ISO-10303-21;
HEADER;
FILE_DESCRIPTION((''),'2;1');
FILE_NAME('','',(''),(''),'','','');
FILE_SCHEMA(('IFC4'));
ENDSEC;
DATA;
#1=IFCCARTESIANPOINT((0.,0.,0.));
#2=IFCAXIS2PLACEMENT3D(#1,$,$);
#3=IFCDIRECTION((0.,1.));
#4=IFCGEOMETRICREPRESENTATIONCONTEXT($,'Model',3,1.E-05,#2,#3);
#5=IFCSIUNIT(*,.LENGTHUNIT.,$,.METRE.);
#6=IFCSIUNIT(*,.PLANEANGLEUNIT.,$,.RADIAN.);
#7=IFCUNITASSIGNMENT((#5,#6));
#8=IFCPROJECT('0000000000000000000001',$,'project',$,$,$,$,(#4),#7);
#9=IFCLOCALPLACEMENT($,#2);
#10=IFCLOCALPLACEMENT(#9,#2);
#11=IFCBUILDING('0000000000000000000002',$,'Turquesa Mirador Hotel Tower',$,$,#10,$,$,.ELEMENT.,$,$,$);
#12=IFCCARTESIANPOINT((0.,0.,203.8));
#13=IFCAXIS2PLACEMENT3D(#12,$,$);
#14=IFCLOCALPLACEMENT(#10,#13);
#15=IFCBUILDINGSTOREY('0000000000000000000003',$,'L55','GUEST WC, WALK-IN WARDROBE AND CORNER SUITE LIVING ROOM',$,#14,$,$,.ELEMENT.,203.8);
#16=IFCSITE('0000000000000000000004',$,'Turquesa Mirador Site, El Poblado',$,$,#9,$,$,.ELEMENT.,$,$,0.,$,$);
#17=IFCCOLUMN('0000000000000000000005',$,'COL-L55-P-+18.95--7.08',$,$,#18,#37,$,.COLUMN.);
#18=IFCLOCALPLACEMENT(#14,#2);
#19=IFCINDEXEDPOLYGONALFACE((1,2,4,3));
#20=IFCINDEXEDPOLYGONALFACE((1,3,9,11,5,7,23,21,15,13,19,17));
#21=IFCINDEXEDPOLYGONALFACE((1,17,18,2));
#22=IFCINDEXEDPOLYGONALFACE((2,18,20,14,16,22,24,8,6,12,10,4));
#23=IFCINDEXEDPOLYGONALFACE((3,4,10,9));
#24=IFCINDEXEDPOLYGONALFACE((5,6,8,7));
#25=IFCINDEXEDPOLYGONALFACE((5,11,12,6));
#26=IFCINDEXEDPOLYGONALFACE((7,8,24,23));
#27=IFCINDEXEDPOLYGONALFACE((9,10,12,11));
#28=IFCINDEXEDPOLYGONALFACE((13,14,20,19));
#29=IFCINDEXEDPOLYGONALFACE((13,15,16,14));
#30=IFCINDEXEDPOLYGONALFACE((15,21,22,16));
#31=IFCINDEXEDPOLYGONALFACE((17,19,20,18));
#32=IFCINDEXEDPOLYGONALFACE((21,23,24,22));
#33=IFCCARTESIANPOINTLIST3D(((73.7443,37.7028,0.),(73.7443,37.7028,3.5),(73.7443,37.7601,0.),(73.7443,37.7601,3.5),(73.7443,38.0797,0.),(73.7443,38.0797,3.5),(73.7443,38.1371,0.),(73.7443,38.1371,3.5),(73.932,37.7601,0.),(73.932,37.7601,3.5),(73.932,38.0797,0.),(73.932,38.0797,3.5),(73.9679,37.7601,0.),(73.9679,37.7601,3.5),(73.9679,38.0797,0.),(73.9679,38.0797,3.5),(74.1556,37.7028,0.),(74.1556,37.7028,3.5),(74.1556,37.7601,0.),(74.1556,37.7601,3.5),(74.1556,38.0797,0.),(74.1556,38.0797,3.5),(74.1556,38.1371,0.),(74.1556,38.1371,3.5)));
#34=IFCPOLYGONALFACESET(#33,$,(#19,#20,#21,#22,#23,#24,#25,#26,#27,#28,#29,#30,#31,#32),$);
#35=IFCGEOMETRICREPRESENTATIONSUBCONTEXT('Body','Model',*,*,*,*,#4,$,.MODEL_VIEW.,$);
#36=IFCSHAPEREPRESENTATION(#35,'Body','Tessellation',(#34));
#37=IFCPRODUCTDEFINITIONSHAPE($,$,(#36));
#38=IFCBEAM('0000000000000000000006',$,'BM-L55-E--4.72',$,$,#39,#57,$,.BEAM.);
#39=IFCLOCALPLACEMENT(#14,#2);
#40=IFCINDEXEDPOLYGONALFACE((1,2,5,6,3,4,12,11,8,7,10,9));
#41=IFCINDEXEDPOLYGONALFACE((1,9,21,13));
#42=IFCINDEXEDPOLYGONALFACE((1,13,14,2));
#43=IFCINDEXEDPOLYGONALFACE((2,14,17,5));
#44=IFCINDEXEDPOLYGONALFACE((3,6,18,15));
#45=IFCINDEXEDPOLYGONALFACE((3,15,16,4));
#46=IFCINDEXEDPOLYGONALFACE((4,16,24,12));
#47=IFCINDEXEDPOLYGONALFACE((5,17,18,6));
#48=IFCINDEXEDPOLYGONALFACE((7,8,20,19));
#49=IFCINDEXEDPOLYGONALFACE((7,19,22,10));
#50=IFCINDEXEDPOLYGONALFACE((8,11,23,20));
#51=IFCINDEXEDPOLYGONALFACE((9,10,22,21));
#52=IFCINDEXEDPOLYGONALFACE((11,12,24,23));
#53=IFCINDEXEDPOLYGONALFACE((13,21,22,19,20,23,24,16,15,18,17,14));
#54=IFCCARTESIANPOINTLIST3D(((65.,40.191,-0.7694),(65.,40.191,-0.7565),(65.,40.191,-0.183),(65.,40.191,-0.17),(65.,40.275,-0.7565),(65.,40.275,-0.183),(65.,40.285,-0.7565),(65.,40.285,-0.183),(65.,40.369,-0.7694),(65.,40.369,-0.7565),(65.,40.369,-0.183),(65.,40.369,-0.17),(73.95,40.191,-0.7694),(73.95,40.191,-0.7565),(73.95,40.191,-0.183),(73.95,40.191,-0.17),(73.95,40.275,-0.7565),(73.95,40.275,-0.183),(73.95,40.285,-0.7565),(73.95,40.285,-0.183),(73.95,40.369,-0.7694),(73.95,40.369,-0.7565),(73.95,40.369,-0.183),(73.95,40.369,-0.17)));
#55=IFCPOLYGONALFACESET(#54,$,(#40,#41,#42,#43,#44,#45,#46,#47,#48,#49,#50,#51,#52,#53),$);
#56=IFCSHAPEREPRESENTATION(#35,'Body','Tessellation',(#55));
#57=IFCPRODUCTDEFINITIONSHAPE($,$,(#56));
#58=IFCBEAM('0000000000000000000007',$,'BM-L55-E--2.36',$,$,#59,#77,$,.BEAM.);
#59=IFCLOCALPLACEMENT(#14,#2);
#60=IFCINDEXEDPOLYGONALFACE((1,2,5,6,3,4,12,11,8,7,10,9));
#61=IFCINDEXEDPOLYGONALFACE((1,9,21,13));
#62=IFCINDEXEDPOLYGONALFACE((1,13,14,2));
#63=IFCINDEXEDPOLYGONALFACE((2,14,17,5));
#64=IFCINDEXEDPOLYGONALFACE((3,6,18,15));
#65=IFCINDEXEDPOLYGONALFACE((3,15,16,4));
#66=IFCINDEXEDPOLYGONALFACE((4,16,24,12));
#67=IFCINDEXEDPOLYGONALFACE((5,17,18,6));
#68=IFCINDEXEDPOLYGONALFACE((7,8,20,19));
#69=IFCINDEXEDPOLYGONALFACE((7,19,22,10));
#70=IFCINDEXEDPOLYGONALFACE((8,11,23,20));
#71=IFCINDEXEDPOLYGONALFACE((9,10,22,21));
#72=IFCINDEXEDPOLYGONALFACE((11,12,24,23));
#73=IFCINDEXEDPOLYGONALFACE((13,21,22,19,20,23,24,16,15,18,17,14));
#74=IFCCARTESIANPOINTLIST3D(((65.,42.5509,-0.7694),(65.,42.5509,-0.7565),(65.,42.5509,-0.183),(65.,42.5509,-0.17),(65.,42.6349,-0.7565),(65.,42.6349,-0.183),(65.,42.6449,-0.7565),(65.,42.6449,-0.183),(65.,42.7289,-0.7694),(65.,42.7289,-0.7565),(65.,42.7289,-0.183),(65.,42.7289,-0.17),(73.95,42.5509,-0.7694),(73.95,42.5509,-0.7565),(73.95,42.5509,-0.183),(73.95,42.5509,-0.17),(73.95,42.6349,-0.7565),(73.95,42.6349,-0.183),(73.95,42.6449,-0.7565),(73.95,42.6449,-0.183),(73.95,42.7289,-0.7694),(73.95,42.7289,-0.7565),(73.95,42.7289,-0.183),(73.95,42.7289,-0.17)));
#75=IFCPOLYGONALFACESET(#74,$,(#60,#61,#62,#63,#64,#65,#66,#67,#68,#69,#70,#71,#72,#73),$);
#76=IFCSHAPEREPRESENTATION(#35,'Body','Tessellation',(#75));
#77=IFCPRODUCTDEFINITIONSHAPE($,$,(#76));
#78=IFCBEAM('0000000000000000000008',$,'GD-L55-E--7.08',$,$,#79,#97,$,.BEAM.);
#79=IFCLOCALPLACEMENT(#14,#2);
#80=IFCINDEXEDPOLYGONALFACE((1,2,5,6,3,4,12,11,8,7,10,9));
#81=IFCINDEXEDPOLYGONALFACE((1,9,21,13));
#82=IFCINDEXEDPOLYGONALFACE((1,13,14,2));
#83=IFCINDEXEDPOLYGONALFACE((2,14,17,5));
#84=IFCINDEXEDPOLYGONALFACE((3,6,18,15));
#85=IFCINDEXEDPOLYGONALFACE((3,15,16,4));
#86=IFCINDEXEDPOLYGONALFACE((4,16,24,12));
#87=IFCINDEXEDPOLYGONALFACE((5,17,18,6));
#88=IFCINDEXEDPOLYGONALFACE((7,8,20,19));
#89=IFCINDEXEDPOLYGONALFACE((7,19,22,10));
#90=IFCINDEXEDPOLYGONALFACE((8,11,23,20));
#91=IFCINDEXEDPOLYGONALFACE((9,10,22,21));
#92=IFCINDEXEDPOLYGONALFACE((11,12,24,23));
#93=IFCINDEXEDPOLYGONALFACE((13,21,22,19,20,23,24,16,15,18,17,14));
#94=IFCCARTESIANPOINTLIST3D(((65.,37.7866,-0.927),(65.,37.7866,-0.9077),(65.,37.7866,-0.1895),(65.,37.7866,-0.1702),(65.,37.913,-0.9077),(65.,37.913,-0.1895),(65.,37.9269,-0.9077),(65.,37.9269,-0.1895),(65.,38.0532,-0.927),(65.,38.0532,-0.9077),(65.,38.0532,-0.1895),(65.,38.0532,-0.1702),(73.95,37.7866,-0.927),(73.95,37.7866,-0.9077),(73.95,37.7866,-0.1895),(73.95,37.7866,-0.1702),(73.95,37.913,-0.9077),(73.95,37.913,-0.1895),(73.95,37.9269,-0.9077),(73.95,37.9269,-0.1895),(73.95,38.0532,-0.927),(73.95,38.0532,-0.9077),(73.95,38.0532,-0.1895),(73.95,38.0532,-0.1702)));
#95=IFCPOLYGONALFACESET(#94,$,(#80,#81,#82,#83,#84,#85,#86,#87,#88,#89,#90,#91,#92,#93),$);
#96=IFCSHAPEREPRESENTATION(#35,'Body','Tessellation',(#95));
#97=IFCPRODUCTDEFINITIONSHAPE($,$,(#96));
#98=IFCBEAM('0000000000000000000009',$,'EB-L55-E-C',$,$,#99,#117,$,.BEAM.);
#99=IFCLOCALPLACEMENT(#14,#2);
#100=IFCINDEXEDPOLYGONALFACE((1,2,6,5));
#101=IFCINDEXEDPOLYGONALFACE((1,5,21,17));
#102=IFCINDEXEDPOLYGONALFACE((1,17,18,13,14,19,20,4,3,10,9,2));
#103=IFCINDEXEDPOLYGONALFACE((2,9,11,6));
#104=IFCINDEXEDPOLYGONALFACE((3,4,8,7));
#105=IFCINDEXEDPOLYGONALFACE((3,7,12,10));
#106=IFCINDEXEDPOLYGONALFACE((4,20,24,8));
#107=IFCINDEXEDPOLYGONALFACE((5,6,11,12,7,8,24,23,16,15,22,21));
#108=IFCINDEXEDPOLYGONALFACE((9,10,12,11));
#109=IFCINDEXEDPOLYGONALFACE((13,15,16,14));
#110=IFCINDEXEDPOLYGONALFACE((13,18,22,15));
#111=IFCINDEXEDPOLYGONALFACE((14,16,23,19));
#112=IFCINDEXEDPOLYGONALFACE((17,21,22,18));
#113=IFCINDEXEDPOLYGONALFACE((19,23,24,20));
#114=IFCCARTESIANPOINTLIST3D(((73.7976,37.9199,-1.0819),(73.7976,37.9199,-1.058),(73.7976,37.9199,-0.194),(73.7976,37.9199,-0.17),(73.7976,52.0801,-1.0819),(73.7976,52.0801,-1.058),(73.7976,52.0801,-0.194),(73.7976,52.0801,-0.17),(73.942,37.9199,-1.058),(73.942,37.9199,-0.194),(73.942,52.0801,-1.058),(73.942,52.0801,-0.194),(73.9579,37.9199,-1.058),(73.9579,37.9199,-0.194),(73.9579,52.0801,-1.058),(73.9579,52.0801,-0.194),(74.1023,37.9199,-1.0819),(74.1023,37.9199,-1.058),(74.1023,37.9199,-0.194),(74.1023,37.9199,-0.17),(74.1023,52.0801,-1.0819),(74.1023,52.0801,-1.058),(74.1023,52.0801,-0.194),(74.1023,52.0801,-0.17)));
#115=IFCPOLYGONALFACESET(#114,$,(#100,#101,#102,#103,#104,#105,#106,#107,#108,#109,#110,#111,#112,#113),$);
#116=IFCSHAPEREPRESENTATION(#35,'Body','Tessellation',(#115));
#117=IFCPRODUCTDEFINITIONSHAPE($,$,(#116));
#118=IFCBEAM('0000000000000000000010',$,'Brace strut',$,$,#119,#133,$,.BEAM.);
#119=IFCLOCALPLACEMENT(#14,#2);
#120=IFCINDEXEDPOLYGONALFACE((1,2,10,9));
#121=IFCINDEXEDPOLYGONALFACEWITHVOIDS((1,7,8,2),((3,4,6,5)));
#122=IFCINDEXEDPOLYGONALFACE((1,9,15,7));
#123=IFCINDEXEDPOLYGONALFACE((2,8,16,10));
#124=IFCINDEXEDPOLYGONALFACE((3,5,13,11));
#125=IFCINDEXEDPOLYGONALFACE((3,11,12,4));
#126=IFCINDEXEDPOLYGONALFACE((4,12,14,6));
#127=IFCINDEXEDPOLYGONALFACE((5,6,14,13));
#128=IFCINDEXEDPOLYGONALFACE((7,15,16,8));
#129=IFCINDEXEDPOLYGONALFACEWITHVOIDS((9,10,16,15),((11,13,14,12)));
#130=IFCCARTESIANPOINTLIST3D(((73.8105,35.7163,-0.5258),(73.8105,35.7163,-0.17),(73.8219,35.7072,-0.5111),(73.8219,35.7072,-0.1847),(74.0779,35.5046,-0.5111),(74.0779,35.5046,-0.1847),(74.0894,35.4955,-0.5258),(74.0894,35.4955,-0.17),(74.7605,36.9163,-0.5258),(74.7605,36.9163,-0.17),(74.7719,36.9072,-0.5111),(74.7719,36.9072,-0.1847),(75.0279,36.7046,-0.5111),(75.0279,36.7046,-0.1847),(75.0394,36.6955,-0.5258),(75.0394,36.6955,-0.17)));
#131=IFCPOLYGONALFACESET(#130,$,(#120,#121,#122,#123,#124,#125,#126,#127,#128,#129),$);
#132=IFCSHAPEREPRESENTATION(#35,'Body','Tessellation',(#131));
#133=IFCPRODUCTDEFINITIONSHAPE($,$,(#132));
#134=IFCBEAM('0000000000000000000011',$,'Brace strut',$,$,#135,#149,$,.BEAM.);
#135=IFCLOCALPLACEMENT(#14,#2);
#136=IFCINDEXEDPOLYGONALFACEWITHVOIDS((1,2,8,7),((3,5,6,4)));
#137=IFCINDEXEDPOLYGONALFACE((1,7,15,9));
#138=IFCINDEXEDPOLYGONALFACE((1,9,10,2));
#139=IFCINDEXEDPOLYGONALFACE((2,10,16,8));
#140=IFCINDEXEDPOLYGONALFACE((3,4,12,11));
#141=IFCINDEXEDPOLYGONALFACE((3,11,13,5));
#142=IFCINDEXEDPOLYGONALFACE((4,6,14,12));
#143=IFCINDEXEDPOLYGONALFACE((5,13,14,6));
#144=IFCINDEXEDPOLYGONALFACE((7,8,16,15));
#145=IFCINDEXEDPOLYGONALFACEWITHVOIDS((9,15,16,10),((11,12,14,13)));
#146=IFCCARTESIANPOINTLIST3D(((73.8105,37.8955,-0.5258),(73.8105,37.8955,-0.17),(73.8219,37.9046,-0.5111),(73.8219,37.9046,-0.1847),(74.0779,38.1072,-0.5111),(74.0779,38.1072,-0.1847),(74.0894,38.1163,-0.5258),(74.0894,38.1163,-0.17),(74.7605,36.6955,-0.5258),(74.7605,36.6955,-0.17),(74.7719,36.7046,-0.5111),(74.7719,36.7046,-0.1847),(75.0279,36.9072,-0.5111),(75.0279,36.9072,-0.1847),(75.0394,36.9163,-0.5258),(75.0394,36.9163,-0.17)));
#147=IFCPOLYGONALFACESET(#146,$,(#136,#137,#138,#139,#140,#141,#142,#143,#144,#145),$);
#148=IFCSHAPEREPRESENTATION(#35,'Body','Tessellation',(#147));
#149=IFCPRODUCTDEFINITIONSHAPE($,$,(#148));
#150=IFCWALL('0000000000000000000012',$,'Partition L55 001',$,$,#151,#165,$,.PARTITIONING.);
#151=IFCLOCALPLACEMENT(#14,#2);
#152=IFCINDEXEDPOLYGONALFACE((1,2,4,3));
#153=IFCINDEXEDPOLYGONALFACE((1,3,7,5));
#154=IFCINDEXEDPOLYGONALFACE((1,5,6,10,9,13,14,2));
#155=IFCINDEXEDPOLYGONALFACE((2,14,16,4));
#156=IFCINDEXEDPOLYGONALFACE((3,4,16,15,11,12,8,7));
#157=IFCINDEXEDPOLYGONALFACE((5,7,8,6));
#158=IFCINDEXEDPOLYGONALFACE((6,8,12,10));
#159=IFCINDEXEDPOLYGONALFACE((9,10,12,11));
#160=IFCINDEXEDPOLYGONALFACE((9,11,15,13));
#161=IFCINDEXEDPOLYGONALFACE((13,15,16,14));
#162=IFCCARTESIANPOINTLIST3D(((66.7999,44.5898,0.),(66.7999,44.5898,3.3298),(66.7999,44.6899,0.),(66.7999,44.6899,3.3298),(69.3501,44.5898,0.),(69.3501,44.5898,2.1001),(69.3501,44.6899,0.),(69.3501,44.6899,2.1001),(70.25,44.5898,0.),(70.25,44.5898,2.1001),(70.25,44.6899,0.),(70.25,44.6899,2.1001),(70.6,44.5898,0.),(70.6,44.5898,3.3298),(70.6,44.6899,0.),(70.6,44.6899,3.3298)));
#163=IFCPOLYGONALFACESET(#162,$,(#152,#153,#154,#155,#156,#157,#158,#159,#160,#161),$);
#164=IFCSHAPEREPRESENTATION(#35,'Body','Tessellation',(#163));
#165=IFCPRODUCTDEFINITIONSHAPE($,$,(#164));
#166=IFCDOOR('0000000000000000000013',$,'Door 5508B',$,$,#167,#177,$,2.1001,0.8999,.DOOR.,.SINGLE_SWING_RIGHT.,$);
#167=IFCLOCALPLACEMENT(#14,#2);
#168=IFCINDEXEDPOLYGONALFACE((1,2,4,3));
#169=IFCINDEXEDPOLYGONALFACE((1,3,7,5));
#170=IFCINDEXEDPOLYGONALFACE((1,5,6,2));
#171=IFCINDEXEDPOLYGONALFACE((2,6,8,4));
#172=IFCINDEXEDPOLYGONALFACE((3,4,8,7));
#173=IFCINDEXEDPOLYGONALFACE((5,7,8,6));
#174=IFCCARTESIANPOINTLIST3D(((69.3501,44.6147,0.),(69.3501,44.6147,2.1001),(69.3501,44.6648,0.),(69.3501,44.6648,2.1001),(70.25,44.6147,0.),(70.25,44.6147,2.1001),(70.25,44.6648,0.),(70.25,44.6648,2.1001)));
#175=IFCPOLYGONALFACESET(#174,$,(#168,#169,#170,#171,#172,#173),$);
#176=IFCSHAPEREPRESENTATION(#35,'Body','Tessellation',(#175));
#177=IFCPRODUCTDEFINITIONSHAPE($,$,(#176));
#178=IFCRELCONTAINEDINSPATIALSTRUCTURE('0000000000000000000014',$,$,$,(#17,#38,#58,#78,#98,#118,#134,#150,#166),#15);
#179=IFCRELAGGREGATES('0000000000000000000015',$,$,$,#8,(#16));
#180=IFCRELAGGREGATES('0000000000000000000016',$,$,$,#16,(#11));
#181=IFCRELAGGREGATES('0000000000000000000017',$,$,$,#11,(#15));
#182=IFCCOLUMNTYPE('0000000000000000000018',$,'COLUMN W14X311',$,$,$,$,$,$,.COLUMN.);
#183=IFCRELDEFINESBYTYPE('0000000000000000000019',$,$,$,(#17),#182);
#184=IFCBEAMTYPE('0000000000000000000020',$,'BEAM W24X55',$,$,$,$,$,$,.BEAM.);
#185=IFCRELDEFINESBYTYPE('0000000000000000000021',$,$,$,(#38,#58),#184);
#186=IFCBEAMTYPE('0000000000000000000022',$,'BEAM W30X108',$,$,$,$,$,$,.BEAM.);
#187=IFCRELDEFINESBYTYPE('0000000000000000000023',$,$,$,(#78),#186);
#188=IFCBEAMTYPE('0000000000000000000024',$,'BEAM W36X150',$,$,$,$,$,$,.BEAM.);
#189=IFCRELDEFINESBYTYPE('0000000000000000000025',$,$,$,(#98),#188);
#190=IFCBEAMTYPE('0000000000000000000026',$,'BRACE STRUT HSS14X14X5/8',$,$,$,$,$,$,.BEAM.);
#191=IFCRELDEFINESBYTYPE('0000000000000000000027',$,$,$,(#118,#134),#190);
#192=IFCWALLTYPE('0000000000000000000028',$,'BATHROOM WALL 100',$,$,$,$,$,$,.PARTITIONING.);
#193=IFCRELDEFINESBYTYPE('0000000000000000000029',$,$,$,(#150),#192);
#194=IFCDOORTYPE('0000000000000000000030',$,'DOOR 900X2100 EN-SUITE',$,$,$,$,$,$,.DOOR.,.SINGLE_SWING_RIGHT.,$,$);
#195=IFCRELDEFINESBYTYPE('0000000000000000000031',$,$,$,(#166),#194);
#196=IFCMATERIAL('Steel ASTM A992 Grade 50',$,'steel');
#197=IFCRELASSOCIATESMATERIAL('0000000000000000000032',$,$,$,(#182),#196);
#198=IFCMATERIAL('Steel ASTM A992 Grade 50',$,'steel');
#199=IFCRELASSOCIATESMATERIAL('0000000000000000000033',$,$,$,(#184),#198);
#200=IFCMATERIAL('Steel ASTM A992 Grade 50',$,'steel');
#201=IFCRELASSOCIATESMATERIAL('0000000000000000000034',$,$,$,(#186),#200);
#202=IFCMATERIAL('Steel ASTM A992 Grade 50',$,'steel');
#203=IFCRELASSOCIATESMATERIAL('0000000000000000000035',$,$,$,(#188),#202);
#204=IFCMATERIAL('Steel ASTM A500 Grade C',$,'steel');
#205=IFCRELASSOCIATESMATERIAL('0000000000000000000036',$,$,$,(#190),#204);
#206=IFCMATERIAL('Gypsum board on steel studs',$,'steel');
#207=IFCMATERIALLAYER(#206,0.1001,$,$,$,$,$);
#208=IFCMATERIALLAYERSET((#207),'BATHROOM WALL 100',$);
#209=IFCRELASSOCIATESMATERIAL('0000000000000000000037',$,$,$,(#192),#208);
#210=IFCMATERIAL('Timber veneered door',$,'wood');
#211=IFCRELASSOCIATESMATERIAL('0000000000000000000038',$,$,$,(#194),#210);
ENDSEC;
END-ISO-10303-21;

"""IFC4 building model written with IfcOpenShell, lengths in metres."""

from ifc_helpers import new_model, si_unit, direction, frame, frame_2d, origin, origin_2d, place, context, subcontext, project, spatial, rectangle, hollow_rectangle, i_section, extrude, material, layer, layer_set, material_profile, profile_set, type_object, element, fill, save


model = new_model("IFC4")

# Units and contexts
model_context = context("Model", 3, precision=1e-05, world=origin(), true_north=direction((0.0, 1.0)))
body_context = subcontext(model_context, "Body", "Model", "MODEL_VIEW")
ifc_project = project(units=[si_unit("LENGTHUNIT", "METRE"), si_unit("PLANEANGLEUNIT", "RADIAN")], contexts=[model_context])

# Site, building, storey
site_placement = place(None, origin())
site = spatial("IfcSite", under=ifc_project, at=site_placement, Name="Turquesa Mirador Site, El Poblado", CompositionType="ELEMENT", RefElevation=0.0)
building_placement = place(site_placement, origin())
building = spatial("IfcBuilding", under=site, at=building_placement, Name="Turquesa Mirador Hotel Tower", CompositionType="ELEMENT")
storey_placement = place(building_placement, frame((0.0, 0.0, 203.8)))
storey = spatial("IfcBuildingStorey", under=building, at=storey_placement, Name="L55", Description="GUEST WC, WALK-IN WARDROBE AND CORNER SUITE LIVING ROOM", CompositionType="ELEMENT", Elevation=203.8)

# Column
ifc_material_1 = material(Name="Steel ASTM A992 Grade 50", Category="steel")
ifc_material_profile_1 = material_profile(ifc_material_1, i_section(OverallWidth=0.4114, OverallDepth=0.4343, WebThickness=0.0359, FlangeThickness=0.0574, at=origin_2d()), Name="W14X311")
ifc_profile_set_1 = profile_set([ifc_material_profile_1], Name="Steel ASTM A992 Grade 50")
column_type = type_object("IfcColumnType", Name="COLUMN W14X311", PredefinedType="COLUMN", material=ifc_profile_set_1)
column_placement = place(storey_placement, frame((73.95, 37.9199, 0.0), z_axis=(0.0, 0.0, 1.0), x_axis=(1.0, 0.0, 0.0)))
element("IfcColumn", 1, at=column_placement, inside=storey, type_object=column_type, Name="COL-L55-P-+18.95--7.08", PredefinedType="COLUMN", context=body_context, shape_type="SweptSolid", body=[
    extrude(i_section(OverallWidth=0.4114, OverallDepth=0.4343, WebThickness=0.0359, FlangeThickness=0.0574, at=origin_2d()), origin(), (0.0, 0.0, 1.0), 3.5),
])

# Beams
ifc_material_2 = material(Name="Steel ASTM A992 Grade 50", Category="steel")
ifc_material_profile_2 = material_profile(ifc_material_2, i_section(OverallWidth=0.178, OverallDepth=0.5994, WebThickness=0.01, FlangeThickness=0.0129, at=origin_2d()), Name="W24X55")
ifc_profile_set_2 = profile_set([ifc_material_profile_2], Name="Steel ASTM A992 Grade 50")
beam_type_1 = type_object("IfcBeamType", Name="BEAM W24X55", PredefinedType="BEAM", material=ifc_profile_set_2)
for number, where, z_axis, x_axis, name in (
    (2, (73.95, 40.28, -0.4697), (-1.0, 0.0, 0.0), (0.0, -1.0, 0.0), "BM-L55-E--4.72"),
    (3, (73.95, 42.6399, -0.4697), (-1.0, 0.0, 0.0), (0.0, -1.0, 0.0), "BM-L55-E--2.36"),
):
    element("IfcBeam", number, at=place(storey_placement, frame(where, z_axis=z_axis, x_axis=x_axis)), inside=storey, type_object=beam_type_1, Name=name, PredefinedType="BEAM", context=body_context, shape_type="SweptSolid", body=[
        extrude(i_section(OverallWidth=0.178, OverallDepth=0.5994, WebThickness=0.01, FlangeThickness=0.0129, at=origin_2d()), origin(), (0.0, 0.0, 1.0), 8.95),
    ])
ifc_material_3 = material(Name="Steel ASTM A992 Grade 50", Category="steel")
ifc_material_profile_3 = material_profile(ifc_material_3, i_section(OverallWidth=0.2666, OverallDepth=0.7568, WebThickness=0.0139, FlangeThickness=0.0193, at=origin_2d()), Name="W30X108")
ifc_profile_set_3 = profile_set([ifc_material_profile_3], Name="Steel ASTM A992 Grade 50")
beam_type_2 = type_object("IfcBeamType", Name="BEAM W30X108", PredefinedType="BEAM", material=ifc_profile_set_3)
beam_1_placement = place(storey_placement, frame((73.95, 37.9199, -0.5486), z_axis=(-1.0, 0.0, 0.0), x_axis=(0.0, -1.0, 0.0)))
element("IfcBeam", 4, at=beam_1_placement, inside=storey, type_object=beam_type_2, Name="GD-L55-E--7.08", PredefinedType="BEAM", context=body_context, shape_type="SweptSolid", body=[
    extrude(i_section(OverallWidth=0.2666, OverallDepth=0.7568, WebThickness=0.0139, FlangeThickness=0.0193, at=origin_2d()), origin(), (0.0, 0.0, 1.0), 8.95),
])
ifc_material_4 = material(Name="Steel ASTM A992 Grade 50", Category="steel")
ifc_material_profile_4 = material_profile(ifc_material_4, i_section(OverallWidth=0.3047, OverallDepth=0.9119, WebThickness=0.0159, FlangeThickness=0.0239, at=origin_2d()), Name="W36X150")
ifc_profile_set_4 = profile_set([ifc_material_profile_4], Name="Steel ASTM A992 Grade 50")
beam_type_3 = type_object("IfcBeamType", Name="BEAM W36X150", PredefinedType="BEAM", material=ifc_profile_set_4)
beam_2_placement = place(storey_placement, frame((73.95, 37.9199, -0.626), z_axis=(0.0, 1.0, 0.0), x_axis=(-1.0, 0.0, 0.0)))
element("IfcBeam", 5, at=beam_2_placement, inside=storey, type_object=beam_type_3, Name="EB-L55-E-C", PredefinedType="BEAM", context=body_context, shape_type="SweptSolid", body=[
    extrude(i_section(OverallWidth=0.3047, OverallDepth=0.9119, WebThickness=0.0159, FlangeThickness=0.0239, at=origin_2d()), origin(), (0.0, 0.0, 1.0), 14.1602),
])
ifc_material_5 = material(Name="Steel ASTM A500 Grade C", Category="steel")
ifc_material_profile_5 = material_profile(ifc_material_5, hollow_rectangle(XDim=0.3557, YDim=0.3557, WallThickness=0.0146, at=origin_2d()), Name="HSS14X14X5/8")
ifc_profile_set_5 = profile_set([ifc_material_profile_5], Name="Steel ASTM A500 Grade C")
beam_type_4 = type_object("IfcBeamType", Name="BRACE STRUT HSS14X14X5/8", PredefinedType="BEAM", material=ifc_profile_set_5)
for number, where, z_axis, x_axis, name in (
    (6, (74.8999, 36.8059, -0.3479), (-0.620699, -0.784049, 0.0), (0.784049, -0.620699, 0.0), "Brace strut"),
    (7, (74.8999, 36.8059, -0.3479), (-0.620699, 0.784049, 0.0), (-0.784049, -0.620699, 0.0), "Brace strut"),
):
    element("IfcBeam", number, at=place(storey_placement, frame(where, z_axis=z_axis, x_axis=x_axis)), inside=storey, type_object=beam_type_4, Name=name, PredefinedType="BEAM", context=body_context, shape_type="SweptSolid", body=[
        extrude(hollow_rectangle(XDim=0.3557, YDim=0.3557, WallThickness=0.0146, at=origin_2d()), origin(), (0.0, 0.0, 1.0), 1.5305),
    ])

# Wall, opening, door
ifc_material_6 = material(Name="Gypsum board on steel studs", Category="steel")
ifc_layer_1 = layer(ifc_material_6, 0.1001)
ifc_layer_set_1 = layer_set([ifc_layer_1], Name="BATHROOM WALL 100")
wall_type_1 = type_object("IfcWallType", Name="BATHROOM WALL 100", PredefinedType="PARTITIONING", material=ifc_layer_set_1)
wall_1_placement = place(storey_placement, frame((66.8, 44.6399, 0.0), z_axis=(0.0, 0.0, 1.0), x_axis=(1.0, 0.0, 0.0)))
wall_1 = element("IfcWall", 8, at=wall_1_placement, inside=storey, type_object=wall_type_1, Name="Partition L55 001", PredefinedType="PARTITIONING", context=body_context, shape_type="SweptSolid", body=[
    extrude(rectangle(XDim=3.8, YDim=0.1001, at=frame_2d((1.8999, 0.0))), origin(), (0.0, 0.0, 1.0), 3.3298),
])
opening_1_placement = place(wall_1_placement, frame((2.55, 0.0, 0.0)))
opening_1 = element("IfcOpeningElement", 9, at=opening_1_placement, cuts=wall_1, PredefinedType="OPENING", context=body_context, shape_type="SweptSolid", body=[
    extrude(rectangle(XDim=0.8999, YDim=2.1001, at=frame_2d((0.45, 1.05))), frame((0.0, 0.0601, 0.0), z_axis=(0.0, -1.0, 0.0), x_axis=(1.0, 0.0, 0.0)), (0.0, 0.0, 1.0), 0.1201),
])
ifc_material_7 = material(Name="Timber veneered door", Category="wood")
door_type_1 = type_object("IfcDoorType", Name="DOOR 900X2100 EN-SUITE", OperationType="SINGLE_SWING_RIGHT", PredefinedType="DOOR", material=ifc_material_7)
door_1_placement = place(opening_1_placement, origin())
door_1 = element("IfcDoor", 10, at=door_1_placement, inside=storey, type_object=door_type_1, Name="Door 5508B", OperationType="SINGLE_SWING_RIGHT", OverallHeight=2.1001, OverallWidth=0.8999, PredefinedType="DOOR", context=body_context, shape_type="SweptSolid", body=[
    extrude(rectangle(XDim=0.8999, YDim=2.1001, at=frame_2d((0.45, 1.05))), frame((0.0, 0.0249, 0.0), z_axis=(0.0, -1.0, 0.0), x_axis=(1.0, 0.0, 0.0)), (0.0, 0.0, 1.0), 0.05),
])
fill(opening_1, door_1)

save(model, "model.ifc")
